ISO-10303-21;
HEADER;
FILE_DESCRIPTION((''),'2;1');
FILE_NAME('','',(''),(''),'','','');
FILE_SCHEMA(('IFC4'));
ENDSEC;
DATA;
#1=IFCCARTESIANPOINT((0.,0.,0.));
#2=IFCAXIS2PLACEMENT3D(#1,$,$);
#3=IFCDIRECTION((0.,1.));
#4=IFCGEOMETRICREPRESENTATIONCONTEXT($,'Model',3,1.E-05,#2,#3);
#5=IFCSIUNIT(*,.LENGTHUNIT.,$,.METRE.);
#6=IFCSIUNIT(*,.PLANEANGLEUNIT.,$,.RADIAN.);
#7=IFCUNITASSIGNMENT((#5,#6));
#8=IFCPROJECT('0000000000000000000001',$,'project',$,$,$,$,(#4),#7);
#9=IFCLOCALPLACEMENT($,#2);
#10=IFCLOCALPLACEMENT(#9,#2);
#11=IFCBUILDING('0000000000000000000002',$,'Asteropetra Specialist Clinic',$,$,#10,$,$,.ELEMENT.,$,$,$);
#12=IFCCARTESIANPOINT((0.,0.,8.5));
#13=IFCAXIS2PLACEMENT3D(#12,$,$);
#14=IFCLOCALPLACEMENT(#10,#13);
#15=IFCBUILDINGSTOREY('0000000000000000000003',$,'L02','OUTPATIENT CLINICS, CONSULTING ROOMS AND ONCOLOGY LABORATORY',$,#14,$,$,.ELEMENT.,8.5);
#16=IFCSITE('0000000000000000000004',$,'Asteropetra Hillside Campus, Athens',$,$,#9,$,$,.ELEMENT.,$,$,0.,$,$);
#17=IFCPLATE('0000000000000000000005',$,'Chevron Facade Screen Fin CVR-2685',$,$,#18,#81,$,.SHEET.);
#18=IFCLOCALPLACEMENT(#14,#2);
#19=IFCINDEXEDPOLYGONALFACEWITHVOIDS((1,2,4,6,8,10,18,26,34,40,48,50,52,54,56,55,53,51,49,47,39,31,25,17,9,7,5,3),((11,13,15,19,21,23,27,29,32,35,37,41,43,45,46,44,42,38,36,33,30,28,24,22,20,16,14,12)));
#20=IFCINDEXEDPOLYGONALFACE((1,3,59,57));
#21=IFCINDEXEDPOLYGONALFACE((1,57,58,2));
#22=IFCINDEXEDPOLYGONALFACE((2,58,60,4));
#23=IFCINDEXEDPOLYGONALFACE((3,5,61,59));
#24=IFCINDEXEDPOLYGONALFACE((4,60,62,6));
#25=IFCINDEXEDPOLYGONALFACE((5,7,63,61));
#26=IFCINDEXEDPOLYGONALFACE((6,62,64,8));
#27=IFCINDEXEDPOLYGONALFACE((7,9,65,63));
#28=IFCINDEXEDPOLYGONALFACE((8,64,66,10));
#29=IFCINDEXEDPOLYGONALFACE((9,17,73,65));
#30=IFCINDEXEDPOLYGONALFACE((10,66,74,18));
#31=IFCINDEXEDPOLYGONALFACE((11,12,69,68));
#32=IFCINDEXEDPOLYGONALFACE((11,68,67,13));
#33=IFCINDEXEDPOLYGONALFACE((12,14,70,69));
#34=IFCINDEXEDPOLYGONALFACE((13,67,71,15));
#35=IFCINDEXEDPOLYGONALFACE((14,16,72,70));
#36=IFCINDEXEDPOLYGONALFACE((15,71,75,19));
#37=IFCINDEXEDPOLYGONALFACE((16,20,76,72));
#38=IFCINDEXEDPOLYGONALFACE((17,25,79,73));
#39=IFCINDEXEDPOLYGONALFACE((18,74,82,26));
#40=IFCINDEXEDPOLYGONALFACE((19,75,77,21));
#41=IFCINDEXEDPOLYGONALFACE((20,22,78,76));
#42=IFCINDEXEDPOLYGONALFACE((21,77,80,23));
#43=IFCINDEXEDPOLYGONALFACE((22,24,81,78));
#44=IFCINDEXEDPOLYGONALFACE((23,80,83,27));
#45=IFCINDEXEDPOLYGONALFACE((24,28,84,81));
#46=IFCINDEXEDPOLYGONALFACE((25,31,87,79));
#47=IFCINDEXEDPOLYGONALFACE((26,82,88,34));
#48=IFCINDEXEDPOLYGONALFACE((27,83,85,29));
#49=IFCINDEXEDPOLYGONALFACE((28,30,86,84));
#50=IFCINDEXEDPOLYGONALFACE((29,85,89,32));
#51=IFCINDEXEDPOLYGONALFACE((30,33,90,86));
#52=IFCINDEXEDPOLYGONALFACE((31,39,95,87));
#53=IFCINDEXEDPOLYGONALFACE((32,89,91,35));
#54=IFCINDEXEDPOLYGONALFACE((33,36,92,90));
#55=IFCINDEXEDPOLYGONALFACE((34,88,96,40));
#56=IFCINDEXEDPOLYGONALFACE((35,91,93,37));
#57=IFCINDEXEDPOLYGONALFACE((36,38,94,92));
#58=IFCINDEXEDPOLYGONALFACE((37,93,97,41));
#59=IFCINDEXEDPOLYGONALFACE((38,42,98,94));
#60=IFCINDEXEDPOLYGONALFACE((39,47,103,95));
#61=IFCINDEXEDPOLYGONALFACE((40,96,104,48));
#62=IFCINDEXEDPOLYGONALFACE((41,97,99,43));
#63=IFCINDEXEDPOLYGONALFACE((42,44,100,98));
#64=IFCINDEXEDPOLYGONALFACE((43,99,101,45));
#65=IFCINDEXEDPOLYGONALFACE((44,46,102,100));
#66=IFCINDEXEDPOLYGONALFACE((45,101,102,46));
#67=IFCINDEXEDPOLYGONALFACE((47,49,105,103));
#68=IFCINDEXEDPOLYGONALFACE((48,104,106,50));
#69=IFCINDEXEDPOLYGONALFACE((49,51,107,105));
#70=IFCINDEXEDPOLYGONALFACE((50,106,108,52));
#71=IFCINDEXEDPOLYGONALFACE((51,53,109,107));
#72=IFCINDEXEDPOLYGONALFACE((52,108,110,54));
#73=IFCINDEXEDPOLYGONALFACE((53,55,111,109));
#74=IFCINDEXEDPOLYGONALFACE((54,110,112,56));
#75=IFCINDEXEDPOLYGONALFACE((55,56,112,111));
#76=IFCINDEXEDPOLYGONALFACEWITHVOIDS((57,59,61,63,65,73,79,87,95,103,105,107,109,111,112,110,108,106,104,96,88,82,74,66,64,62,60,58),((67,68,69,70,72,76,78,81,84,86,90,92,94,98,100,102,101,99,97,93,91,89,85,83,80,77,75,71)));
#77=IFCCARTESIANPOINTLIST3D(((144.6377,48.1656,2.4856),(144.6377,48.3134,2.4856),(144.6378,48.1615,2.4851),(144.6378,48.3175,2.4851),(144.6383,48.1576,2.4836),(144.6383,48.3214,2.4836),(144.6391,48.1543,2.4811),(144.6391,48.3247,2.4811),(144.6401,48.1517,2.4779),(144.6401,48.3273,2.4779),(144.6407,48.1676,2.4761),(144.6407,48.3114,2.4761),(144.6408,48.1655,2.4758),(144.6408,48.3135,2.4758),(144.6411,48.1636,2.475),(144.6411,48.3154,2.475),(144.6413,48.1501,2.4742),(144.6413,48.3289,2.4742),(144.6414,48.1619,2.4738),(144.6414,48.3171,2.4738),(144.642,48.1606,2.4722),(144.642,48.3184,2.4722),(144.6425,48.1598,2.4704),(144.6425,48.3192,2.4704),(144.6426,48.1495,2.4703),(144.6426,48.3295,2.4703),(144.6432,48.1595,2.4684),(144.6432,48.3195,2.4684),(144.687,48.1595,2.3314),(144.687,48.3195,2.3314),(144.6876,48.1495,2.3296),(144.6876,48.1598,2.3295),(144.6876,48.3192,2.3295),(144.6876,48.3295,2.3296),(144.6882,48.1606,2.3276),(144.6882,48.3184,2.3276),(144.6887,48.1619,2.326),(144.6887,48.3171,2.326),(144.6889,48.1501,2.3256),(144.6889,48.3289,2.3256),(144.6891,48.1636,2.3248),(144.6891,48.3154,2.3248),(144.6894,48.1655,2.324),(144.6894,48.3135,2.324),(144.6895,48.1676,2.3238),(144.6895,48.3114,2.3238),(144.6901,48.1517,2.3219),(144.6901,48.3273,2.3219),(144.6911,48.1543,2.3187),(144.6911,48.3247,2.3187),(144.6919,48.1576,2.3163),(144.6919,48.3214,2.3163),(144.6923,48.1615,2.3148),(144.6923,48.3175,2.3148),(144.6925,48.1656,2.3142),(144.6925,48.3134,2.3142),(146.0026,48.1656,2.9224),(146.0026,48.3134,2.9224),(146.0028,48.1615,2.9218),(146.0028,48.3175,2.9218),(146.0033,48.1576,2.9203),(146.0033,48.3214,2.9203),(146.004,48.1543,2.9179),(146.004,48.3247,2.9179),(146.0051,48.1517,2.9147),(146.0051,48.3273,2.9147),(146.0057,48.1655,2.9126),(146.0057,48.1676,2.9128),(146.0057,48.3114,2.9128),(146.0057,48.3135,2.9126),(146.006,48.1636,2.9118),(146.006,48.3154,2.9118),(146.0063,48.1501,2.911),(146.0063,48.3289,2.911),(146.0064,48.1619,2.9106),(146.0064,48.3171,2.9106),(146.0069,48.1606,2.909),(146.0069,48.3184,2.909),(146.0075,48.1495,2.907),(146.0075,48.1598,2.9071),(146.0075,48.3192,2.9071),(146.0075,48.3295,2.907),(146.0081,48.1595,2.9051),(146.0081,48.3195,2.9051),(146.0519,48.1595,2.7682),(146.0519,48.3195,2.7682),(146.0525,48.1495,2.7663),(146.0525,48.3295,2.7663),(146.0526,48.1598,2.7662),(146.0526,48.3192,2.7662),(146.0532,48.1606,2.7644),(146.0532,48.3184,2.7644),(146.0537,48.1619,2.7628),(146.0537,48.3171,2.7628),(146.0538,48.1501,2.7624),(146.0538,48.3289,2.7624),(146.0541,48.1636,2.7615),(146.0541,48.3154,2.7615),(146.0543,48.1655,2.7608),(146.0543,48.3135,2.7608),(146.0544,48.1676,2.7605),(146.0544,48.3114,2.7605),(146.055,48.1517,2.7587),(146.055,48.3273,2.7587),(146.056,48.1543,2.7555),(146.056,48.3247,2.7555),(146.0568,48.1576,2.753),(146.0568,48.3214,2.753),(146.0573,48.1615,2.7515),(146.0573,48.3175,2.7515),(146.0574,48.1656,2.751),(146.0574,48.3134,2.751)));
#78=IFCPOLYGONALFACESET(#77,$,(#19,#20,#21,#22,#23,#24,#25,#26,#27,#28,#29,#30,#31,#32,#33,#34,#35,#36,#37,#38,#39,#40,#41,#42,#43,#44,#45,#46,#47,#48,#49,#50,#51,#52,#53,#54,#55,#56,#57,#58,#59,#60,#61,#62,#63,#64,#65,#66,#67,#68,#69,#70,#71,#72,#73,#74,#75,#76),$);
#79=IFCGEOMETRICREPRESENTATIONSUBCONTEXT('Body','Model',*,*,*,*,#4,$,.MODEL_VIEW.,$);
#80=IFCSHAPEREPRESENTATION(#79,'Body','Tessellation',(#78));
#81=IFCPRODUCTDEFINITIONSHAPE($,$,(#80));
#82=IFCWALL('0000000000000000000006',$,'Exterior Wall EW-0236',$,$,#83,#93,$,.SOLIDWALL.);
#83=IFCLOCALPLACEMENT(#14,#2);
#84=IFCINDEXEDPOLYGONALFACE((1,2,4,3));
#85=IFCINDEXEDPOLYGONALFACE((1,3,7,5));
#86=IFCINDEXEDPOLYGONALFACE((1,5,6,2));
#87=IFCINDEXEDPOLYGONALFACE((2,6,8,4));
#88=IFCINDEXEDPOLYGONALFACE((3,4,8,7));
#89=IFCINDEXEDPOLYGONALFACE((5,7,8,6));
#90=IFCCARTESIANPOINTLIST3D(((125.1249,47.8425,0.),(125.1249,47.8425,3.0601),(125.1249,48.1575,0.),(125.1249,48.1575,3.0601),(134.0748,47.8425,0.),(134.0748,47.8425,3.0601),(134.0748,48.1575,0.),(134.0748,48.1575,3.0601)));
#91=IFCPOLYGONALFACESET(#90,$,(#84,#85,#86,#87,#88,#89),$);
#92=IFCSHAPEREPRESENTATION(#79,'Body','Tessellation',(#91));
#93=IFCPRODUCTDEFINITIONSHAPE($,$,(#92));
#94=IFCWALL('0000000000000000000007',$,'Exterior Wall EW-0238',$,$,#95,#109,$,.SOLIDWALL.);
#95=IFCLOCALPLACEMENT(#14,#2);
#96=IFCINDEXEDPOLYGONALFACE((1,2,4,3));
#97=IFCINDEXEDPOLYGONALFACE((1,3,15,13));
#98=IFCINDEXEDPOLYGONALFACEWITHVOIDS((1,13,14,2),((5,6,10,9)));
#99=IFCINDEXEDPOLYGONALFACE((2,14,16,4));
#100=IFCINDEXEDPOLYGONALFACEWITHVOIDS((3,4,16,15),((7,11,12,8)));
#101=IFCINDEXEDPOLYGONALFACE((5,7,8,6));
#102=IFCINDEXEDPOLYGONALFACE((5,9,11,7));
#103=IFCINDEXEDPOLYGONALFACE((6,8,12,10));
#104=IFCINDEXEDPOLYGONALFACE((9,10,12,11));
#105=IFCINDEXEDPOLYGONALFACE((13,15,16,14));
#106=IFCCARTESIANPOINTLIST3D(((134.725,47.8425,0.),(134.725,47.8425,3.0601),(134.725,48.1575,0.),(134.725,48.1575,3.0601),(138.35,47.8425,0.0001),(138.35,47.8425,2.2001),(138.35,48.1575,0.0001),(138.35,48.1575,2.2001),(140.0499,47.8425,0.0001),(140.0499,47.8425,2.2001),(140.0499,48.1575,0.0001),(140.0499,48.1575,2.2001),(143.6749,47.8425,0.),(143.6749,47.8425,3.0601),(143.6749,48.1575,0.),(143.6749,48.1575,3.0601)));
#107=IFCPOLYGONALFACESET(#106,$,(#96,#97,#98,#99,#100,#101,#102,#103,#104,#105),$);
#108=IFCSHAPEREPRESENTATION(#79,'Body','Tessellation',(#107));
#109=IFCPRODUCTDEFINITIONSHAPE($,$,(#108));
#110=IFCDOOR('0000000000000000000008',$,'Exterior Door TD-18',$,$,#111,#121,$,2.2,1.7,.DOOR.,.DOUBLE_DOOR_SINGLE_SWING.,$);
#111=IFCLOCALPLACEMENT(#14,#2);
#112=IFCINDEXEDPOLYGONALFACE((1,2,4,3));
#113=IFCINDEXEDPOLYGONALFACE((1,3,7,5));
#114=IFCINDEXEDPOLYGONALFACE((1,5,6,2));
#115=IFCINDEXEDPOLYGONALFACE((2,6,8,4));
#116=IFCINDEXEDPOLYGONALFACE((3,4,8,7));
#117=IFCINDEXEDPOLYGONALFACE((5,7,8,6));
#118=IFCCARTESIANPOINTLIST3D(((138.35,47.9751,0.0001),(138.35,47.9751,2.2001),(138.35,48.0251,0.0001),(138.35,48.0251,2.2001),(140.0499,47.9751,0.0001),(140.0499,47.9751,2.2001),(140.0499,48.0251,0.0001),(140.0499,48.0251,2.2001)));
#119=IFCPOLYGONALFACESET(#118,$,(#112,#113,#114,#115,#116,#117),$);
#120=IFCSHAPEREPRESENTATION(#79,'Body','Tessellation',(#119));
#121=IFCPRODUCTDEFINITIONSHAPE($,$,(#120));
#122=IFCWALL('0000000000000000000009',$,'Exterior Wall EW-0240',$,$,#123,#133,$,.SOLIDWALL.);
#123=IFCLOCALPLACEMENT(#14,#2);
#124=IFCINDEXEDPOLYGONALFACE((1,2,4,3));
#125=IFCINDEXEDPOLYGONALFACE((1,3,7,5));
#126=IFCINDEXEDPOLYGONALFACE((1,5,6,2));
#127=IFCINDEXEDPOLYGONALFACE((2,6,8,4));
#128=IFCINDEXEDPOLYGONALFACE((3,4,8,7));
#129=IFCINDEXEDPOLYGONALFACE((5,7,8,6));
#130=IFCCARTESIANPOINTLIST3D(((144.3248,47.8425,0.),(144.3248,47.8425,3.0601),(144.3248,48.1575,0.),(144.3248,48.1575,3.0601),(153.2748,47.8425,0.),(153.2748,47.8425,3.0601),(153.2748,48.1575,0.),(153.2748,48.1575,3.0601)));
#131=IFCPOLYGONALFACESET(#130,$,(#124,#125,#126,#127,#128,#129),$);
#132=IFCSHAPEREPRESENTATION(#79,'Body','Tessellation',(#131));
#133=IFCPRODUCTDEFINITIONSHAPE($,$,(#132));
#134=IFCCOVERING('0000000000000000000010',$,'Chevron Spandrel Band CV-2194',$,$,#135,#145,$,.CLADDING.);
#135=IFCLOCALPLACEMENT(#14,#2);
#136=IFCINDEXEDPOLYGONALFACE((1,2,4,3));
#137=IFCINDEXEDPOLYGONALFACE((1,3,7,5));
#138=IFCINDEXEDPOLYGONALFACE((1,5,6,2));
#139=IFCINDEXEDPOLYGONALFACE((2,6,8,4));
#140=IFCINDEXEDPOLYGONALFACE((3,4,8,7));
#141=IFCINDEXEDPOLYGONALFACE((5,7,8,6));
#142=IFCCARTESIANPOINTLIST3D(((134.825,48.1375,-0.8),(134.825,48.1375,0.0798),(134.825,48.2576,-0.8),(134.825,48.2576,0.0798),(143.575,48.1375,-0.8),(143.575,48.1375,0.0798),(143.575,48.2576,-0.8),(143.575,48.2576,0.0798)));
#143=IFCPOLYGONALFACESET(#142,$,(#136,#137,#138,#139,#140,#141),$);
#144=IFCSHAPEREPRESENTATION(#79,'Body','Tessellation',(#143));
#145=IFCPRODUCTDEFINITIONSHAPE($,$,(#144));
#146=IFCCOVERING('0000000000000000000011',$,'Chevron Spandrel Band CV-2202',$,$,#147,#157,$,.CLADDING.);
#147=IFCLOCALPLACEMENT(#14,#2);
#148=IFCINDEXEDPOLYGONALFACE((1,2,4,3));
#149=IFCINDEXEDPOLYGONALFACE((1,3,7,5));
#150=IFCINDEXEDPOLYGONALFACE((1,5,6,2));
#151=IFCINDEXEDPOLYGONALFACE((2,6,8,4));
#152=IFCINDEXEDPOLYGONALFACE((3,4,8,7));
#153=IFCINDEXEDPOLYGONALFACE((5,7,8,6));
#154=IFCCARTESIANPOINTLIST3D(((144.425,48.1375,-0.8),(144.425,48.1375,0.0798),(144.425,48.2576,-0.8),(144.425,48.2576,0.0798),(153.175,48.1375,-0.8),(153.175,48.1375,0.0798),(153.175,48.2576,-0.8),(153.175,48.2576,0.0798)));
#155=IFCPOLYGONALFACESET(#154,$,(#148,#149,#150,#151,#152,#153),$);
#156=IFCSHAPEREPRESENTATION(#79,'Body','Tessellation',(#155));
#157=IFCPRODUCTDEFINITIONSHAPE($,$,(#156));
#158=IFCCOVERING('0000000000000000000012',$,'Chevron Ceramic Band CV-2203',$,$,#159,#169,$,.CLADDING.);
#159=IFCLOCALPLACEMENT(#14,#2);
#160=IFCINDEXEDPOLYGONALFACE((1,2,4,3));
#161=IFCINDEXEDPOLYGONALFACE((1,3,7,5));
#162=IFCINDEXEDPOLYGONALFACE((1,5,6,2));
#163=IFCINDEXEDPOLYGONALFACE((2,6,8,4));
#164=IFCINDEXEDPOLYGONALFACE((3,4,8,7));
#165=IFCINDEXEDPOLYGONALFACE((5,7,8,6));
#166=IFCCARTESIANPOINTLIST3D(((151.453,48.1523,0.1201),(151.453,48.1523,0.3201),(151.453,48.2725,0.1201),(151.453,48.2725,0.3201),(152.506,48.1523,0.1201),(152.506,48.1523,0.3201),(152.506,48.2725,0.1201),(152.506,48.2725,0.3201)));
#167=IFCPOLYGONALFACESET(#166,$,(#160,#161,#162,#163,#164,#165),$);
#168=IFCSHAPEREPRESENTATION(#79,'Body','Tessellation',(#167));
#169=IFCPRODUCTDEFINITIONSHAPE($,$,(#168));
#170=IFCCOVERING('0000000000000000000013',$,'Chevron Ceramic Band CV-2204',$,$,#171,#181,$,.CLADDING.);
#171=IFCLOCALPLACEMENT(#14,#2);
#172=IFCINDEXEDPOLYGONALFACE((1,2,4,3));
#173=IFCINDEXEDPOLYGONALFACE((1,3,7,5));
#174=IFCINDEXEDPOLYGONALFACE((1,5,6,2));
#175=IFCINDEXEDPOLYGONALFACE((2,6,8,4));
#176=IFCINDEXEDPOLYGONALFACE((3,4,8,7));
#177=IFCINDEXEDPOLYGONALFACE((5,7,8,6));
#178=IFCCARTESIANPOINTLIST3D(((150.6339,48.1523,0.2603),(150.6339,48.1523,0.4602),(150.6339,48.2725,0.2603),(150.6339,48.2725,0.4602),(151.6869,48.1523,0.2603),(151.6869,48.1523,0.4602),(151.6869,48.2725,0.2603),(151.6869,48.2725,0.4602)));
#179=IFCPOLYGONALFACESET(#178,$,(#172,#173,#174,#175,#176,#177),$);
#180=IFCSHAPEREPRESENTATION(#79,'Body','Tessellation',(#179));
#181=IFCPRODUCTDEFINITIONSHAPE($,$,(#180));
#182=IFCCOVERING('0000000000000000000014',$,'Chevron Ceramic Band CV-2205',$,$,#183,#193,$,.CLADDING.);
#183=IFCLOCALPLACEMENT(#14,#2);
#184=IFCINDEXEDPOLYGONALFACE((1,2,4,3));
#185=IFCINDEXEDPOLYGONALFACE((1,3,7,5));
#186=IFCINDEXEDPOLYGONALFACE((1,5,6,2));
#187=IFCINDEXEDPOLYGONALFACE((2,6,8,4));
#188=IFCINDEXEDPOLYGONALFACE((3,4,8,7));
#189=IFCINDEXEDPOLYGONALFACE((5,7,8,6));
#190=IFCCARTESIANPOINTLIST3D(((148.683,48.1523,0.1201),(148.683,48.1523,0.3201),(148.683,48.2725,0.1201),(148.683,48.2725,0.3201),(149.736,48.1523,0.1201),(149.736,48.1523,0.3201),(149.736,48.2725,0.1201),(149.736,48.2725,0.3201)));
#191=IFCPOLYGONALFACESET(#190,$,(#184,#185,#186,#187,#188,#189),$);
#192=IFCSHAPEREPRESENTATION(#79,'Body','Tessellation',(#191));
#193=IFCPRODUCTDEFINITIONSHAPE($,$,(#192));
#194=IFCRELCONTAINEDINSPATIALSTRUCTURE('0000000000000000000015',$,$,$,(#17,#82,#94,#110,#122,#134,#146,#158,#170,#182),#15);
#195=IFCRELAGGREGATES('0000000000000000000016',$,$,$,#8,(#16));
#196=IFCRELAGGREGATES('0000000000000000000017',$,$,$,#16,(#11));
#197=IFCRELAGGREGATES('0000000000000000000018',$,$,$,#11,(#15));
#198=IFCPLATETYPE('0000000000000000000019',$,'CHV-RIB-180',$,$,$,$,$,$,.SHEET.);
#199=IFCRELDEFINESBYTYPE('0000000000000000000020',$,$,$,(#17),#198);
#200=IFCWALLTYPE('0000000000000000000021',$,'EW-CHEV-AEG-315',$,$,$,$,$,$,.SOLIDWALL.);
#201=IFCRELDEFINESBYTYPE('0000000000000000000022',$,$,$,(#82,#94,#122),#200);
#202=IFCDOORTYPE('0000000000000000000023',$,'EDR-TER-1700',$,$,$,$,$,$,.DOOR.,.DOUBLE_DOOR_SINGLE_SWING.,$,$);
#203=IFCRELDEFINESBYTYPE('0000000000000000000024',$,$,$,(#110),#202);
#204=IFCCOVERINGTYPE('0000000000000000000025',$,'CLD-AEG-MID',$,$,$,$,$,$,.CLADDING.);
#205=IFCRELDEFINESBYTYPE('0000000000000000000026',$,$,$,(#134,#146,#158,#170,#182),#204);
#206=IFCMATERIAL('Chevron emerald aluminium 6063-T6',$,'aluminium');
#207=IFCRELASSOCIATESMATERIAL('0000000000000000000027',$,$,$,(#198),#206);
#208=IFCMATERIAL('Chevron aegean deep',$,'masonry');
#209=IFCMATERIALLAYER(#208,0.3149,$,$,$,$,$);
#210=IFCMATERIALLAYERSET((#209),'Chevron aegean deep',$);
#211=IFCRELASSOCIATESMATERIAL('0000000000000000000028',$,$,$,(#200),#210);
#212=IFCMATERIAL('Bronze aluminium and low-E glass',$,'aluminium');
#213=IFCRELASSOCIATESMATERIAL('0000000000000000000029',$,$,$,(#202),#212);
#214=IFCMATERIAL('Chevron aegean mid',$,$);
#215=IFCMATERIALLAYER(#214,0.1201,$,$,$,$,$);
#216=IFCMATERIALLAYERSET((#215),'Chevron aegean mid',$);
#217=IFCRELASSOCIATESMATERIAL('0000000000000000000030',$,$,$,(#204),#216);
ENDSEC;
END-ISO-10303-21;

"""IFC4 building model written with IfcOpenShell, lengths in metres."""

from ifc_helpers import new_model, si_unit, direction, frame, frame_2d, origin, origin_2d, place, context, subcontext, project, spatial, rectangle, hollow_rectangle, extrude, material, layer, layer_set, material_profile, profile_set, type_object, element, fill, save


model = new_model("IFC4")

# Units and contexts
model_context = context("Model", 3, precision=1e-05, world=origin(), true_north=direction((0.0, 1.0)))
body_context = subcontext(model_context, "Body", "Model", "MODEL_VIEW")
ifc_project = project(units=[si_unit("LENGTHUNIT", "METRE"), si_unit("PLANEANGLEUNIT", "RADIAN")], contexts=[model_context])

# Site, building, storey
site_placement = place(None, origin())
site = spatial("IfcSite", under=ifc_project, at=site_placement, Name="Asteropetra Hillside Campus, Athens", CompositionType="ELEMENT", RefElevation=0.0)
building_placement = place(site_placement, origin())
building = spatial("IfcBuilding", under=site, at=building_placement, Name="Asteropetra Specialist Clinic", CompositionType="ELEMENT")
storey_placement = place(building_placement, frame((0.0, 0.0, 8.5)))
storey = spatial("IfcBuildingStorey", under=building, at=storey_placement, Name="L02", Description="OUTPATIENT CLINICS, CONSULTING ROOMS AND ONCOLOGY LABORATORY", CompositionType="ELEMENT", Elevation=8.5)

# Plate
ifc_material_1 = material(Name="Chevron emerald aluminium 6063-T6", Category="aluminium")
ifc_material_profile_1 = material_profile(ifc_material_1, hollow_rectangle(XDim=0.1799, YDim=0.1799, WallThickness=0.01, InnerFilletRadius=0.0081, OuterFilletRadius=0.0161, at=origin_2d()), Name="SHS 180x180x10.0")
ifc_profile_set_1 = profile_set([ifc_material_profile_1], Name="Chevron emerald aluminium 6063-T6")
plate_type = type_object("IfcPlateType", Name="CHV-RIB-180", PredefinedType="SHEET", material=ifc_profile_set_1)
for number, where, z_axis, x_axis, name in (
    (1, (146.03, 48.2395, 2.8367), (-0.95243, 0.0, -0.304757), (0.0, -1.0, 0.0), "Chevron Facade Screen Fin CVR-2685"),
):
    element("IfcPlate", number, at=place(storey_placement, frame(where, z_axis=z_axis, x_axis=x_axis)), inside=storey, type_object=plate_type, Name=name, PredefinedType="SHEET", context=body_context, shape_type="SweptSolid", body=[
        extrude(hollow_rectangle(XDim=0.1799, YDim=0.1799, WallThickness=0.01, InnerFilletRadius=0.0081, OuterFilletRadius=0.0161, at=origin_2d()), origin(), (0.0, 0.0, 1.0), 1.4331),
    ])

# Wall
ifc_material_2 = material(Name="Chevron aegean deep", Category="masonry")
ifc_layer_1 = layer(ifc_material_2, 0.3149)
ifc_layer_set_1 = layer_set([ifc_layer_1], Name="Chevron aegean deep")
wall_type = type_object("IfcWallType", Name="EW-CHEV-AEG-315", PredefinedType="SOLIDWALL", material=ifc_layer_set_1)
wall_1_placement = place(storey_placement, frame((134.075, 48.0, 0.0), z_axis=(0.0, 0.0, 1.0), x_axis=(-1.0, 0.0, 0.0)))
element("IfcWall", 2, at=wall_1_placement, inside=storey, type_object=wall_type, Name="Exterior Wall EW-0236", PredefinedType="SOLIDWALL", context=body_context, shape_type="SweptSolid", body=[
    extrude(rectangle(XDim=8.95, YDim=0.3149, at=frame_2d((4.4751, 0.0))), origin(), (0.0, 0.0, 1.0), 3.0601),
])

# Wall, opening, door
wall_2_placement = place(storey_placement, frame((143.675, 48.0, 0.0), z_axis=(0.0, 0.0, 1.0), x_axis=(-1.0, 0.0, 0.0)))
wall_2 = element("IfcWall", 3, at=wall_2_placement, inside=storey, type_object=wall_type, Name="Exterior Wall EW-0238", PredefinedType="SOLIDWALL", context=body_context, shape_type="SweptSolid", body=[
    extrude(rectangle(XDim=8.95, YDim=0.3149, at=frame_2d((4.4751, 0.0))), origin(), (0.0, 0.0, 1.0), 3.0601),
])
opening_placement = place(wall_2_placement, frame((3.625, 0.0, 0.0)))
opening = element("IfcOpeningElement", 4, at=opening_placement, cuts=wall_2, PredefinedType="OPENING", context=body_context, shape_type="SweptSolid", body=[
    extrude(rectangle(XDim=1.7, YDim=2.2, at=frame_2d((0.8501, 1.1001))), frame((0.0, 0.1675, 0.0), z_axis=(0.0, -1.0, 0.0), x_axis=(1.0, 0.0, 0.0)), (0.0, 0.0, 1.0), 0.335),
])
ifc_material_3 = material(Name="Bronze aluminium and low-E glass", Category="aluminium")
door_type = type_object("IfcDoorType", Name="EDR-TER-1700", OperationType="DOUBLE_DOOR_SINGLE_SWING", PredefinedType="DOOR", material=ifc_material_3)
door_placement = place(opening_placement, origin())
door = element("IfcDoor", 5, at=door_placement, inside=storey, type_object=door_type, Name="Exterior Door TD-18", OperationType="DOUBLE_DOOR_SINGLE_SWING", OverallHeight=2.2, OverallWidth=1.7, PredefinedType="DOOR", context=body_context, shape_type="SweptSolid", body=[
    extrude(rectangle(XDim=1.7, YDim=2.2, at=frame_2d((0.8501, 1.1001))), frame((0.0, 0.0249, 0.0), z_axis=(0.0, -1.0, 0.0), x_axis=(1.0, 0.0, 0.0)), (0.0, 0.0, 1.0), 0.05),
])
fill(opening, door)

# Wall
wall_3_placement = place(storey_placement, frame((153.2749, 48.0, 0.0), z_axis=(0.0, 0.0, 1.0), x_axis=(-1.0, 0.0, 0.0)))
element("IfcWall", 6, at=wall_3_placement, inside=storey, type_object=wall_type, Name="Exterior Wall EW-0240", PredefinedType="SOLIDWALL", context=body_context, shape_type="SweptSolid", body=[
    extrude(rectangle(XDim=8.95, YDim=0.3149, at=frame_2d((4.4751, 0.0))), origin(), (0.0, 0.0, 1.0), 3.0601),
])

# Coverings
ifc_material_4 = material(Name="Chevron aegean mid")
ifc_layer_2 = layer(ifc_material_4, 0.1201)
ifc_layer_set_2 = layer_set([ifc_layer_2], Name="Chevron aegean mid")
covering_type_1 = type_object("IfcCoveringType", Name="CLD-AEG-MID", PredefinedType="CLADDING", material=ifc_layer_set_2)
for number, where, z_axis, x_axis, name in (
    (7, (139.2, 48.1975, -0.8), (0.0, 0.0, 1.0), (1.0, 0.0, 0.0), "Chevron Spandrel Band CV-2194"),
    (8, (148.8, 48.1975, -0.8), (0.0, 0.0, 1.0), (1.0, 0.0, 0.0), "Chevron Spandrel Band CV-2202"),
):
    element("IfcCovering", number, at=place(storey_placement, frame(where, z_axis=z_axis, x_axis=x_axis)), inside=storey, type_object=covering_type_1, Name=name, PredefinedType="CLADDING", context=body_context, shape_type="SweptSolid", body=[
        extrude(rectangle(XDim=8.75, YDim=0.1201, at=origin_2d()), origin(), (0.0, 0.0, 1.0), 0.8799),
    ])
for number, where, z_axis, x_axis, name in (
    (9, (151.9795, 48.2124, 0.1201), (0.0, 0.0, 1.0), (1.0, 0.0, 0.0), "Chevron Ceramic Band CV-2203"),
    (10, (151.1604, 48.2124, 0.2603), (0.0, 0.0, 1.0), (1.0, 0.0, 0.0), "Chevron Ceramic Band CV-2204"),
    (11, (149.2095, 48.2124, 0.1201), (0.0, 0.0, 1.0), (1.0, 0.0, 0.0), "Chevron Ceramic Band CV-2205"),
):
    element("IfcCovering", number, at=place(storey_placement, frame(where, z_axis=z_axis, x_axis=x_axis)), inside=storey, type_object=covering_type_1, Name=name, PredefinedType="CLADDING", context=body_context, shape_type="SweptSolid", body=[
        extrude(rectangle(XDim=1.053, YDim=0.1201, at=origin_2d()), origin(), (0.0, 0.0, 1.0), 0.2),
    ])

save(model, "model.ifc")
